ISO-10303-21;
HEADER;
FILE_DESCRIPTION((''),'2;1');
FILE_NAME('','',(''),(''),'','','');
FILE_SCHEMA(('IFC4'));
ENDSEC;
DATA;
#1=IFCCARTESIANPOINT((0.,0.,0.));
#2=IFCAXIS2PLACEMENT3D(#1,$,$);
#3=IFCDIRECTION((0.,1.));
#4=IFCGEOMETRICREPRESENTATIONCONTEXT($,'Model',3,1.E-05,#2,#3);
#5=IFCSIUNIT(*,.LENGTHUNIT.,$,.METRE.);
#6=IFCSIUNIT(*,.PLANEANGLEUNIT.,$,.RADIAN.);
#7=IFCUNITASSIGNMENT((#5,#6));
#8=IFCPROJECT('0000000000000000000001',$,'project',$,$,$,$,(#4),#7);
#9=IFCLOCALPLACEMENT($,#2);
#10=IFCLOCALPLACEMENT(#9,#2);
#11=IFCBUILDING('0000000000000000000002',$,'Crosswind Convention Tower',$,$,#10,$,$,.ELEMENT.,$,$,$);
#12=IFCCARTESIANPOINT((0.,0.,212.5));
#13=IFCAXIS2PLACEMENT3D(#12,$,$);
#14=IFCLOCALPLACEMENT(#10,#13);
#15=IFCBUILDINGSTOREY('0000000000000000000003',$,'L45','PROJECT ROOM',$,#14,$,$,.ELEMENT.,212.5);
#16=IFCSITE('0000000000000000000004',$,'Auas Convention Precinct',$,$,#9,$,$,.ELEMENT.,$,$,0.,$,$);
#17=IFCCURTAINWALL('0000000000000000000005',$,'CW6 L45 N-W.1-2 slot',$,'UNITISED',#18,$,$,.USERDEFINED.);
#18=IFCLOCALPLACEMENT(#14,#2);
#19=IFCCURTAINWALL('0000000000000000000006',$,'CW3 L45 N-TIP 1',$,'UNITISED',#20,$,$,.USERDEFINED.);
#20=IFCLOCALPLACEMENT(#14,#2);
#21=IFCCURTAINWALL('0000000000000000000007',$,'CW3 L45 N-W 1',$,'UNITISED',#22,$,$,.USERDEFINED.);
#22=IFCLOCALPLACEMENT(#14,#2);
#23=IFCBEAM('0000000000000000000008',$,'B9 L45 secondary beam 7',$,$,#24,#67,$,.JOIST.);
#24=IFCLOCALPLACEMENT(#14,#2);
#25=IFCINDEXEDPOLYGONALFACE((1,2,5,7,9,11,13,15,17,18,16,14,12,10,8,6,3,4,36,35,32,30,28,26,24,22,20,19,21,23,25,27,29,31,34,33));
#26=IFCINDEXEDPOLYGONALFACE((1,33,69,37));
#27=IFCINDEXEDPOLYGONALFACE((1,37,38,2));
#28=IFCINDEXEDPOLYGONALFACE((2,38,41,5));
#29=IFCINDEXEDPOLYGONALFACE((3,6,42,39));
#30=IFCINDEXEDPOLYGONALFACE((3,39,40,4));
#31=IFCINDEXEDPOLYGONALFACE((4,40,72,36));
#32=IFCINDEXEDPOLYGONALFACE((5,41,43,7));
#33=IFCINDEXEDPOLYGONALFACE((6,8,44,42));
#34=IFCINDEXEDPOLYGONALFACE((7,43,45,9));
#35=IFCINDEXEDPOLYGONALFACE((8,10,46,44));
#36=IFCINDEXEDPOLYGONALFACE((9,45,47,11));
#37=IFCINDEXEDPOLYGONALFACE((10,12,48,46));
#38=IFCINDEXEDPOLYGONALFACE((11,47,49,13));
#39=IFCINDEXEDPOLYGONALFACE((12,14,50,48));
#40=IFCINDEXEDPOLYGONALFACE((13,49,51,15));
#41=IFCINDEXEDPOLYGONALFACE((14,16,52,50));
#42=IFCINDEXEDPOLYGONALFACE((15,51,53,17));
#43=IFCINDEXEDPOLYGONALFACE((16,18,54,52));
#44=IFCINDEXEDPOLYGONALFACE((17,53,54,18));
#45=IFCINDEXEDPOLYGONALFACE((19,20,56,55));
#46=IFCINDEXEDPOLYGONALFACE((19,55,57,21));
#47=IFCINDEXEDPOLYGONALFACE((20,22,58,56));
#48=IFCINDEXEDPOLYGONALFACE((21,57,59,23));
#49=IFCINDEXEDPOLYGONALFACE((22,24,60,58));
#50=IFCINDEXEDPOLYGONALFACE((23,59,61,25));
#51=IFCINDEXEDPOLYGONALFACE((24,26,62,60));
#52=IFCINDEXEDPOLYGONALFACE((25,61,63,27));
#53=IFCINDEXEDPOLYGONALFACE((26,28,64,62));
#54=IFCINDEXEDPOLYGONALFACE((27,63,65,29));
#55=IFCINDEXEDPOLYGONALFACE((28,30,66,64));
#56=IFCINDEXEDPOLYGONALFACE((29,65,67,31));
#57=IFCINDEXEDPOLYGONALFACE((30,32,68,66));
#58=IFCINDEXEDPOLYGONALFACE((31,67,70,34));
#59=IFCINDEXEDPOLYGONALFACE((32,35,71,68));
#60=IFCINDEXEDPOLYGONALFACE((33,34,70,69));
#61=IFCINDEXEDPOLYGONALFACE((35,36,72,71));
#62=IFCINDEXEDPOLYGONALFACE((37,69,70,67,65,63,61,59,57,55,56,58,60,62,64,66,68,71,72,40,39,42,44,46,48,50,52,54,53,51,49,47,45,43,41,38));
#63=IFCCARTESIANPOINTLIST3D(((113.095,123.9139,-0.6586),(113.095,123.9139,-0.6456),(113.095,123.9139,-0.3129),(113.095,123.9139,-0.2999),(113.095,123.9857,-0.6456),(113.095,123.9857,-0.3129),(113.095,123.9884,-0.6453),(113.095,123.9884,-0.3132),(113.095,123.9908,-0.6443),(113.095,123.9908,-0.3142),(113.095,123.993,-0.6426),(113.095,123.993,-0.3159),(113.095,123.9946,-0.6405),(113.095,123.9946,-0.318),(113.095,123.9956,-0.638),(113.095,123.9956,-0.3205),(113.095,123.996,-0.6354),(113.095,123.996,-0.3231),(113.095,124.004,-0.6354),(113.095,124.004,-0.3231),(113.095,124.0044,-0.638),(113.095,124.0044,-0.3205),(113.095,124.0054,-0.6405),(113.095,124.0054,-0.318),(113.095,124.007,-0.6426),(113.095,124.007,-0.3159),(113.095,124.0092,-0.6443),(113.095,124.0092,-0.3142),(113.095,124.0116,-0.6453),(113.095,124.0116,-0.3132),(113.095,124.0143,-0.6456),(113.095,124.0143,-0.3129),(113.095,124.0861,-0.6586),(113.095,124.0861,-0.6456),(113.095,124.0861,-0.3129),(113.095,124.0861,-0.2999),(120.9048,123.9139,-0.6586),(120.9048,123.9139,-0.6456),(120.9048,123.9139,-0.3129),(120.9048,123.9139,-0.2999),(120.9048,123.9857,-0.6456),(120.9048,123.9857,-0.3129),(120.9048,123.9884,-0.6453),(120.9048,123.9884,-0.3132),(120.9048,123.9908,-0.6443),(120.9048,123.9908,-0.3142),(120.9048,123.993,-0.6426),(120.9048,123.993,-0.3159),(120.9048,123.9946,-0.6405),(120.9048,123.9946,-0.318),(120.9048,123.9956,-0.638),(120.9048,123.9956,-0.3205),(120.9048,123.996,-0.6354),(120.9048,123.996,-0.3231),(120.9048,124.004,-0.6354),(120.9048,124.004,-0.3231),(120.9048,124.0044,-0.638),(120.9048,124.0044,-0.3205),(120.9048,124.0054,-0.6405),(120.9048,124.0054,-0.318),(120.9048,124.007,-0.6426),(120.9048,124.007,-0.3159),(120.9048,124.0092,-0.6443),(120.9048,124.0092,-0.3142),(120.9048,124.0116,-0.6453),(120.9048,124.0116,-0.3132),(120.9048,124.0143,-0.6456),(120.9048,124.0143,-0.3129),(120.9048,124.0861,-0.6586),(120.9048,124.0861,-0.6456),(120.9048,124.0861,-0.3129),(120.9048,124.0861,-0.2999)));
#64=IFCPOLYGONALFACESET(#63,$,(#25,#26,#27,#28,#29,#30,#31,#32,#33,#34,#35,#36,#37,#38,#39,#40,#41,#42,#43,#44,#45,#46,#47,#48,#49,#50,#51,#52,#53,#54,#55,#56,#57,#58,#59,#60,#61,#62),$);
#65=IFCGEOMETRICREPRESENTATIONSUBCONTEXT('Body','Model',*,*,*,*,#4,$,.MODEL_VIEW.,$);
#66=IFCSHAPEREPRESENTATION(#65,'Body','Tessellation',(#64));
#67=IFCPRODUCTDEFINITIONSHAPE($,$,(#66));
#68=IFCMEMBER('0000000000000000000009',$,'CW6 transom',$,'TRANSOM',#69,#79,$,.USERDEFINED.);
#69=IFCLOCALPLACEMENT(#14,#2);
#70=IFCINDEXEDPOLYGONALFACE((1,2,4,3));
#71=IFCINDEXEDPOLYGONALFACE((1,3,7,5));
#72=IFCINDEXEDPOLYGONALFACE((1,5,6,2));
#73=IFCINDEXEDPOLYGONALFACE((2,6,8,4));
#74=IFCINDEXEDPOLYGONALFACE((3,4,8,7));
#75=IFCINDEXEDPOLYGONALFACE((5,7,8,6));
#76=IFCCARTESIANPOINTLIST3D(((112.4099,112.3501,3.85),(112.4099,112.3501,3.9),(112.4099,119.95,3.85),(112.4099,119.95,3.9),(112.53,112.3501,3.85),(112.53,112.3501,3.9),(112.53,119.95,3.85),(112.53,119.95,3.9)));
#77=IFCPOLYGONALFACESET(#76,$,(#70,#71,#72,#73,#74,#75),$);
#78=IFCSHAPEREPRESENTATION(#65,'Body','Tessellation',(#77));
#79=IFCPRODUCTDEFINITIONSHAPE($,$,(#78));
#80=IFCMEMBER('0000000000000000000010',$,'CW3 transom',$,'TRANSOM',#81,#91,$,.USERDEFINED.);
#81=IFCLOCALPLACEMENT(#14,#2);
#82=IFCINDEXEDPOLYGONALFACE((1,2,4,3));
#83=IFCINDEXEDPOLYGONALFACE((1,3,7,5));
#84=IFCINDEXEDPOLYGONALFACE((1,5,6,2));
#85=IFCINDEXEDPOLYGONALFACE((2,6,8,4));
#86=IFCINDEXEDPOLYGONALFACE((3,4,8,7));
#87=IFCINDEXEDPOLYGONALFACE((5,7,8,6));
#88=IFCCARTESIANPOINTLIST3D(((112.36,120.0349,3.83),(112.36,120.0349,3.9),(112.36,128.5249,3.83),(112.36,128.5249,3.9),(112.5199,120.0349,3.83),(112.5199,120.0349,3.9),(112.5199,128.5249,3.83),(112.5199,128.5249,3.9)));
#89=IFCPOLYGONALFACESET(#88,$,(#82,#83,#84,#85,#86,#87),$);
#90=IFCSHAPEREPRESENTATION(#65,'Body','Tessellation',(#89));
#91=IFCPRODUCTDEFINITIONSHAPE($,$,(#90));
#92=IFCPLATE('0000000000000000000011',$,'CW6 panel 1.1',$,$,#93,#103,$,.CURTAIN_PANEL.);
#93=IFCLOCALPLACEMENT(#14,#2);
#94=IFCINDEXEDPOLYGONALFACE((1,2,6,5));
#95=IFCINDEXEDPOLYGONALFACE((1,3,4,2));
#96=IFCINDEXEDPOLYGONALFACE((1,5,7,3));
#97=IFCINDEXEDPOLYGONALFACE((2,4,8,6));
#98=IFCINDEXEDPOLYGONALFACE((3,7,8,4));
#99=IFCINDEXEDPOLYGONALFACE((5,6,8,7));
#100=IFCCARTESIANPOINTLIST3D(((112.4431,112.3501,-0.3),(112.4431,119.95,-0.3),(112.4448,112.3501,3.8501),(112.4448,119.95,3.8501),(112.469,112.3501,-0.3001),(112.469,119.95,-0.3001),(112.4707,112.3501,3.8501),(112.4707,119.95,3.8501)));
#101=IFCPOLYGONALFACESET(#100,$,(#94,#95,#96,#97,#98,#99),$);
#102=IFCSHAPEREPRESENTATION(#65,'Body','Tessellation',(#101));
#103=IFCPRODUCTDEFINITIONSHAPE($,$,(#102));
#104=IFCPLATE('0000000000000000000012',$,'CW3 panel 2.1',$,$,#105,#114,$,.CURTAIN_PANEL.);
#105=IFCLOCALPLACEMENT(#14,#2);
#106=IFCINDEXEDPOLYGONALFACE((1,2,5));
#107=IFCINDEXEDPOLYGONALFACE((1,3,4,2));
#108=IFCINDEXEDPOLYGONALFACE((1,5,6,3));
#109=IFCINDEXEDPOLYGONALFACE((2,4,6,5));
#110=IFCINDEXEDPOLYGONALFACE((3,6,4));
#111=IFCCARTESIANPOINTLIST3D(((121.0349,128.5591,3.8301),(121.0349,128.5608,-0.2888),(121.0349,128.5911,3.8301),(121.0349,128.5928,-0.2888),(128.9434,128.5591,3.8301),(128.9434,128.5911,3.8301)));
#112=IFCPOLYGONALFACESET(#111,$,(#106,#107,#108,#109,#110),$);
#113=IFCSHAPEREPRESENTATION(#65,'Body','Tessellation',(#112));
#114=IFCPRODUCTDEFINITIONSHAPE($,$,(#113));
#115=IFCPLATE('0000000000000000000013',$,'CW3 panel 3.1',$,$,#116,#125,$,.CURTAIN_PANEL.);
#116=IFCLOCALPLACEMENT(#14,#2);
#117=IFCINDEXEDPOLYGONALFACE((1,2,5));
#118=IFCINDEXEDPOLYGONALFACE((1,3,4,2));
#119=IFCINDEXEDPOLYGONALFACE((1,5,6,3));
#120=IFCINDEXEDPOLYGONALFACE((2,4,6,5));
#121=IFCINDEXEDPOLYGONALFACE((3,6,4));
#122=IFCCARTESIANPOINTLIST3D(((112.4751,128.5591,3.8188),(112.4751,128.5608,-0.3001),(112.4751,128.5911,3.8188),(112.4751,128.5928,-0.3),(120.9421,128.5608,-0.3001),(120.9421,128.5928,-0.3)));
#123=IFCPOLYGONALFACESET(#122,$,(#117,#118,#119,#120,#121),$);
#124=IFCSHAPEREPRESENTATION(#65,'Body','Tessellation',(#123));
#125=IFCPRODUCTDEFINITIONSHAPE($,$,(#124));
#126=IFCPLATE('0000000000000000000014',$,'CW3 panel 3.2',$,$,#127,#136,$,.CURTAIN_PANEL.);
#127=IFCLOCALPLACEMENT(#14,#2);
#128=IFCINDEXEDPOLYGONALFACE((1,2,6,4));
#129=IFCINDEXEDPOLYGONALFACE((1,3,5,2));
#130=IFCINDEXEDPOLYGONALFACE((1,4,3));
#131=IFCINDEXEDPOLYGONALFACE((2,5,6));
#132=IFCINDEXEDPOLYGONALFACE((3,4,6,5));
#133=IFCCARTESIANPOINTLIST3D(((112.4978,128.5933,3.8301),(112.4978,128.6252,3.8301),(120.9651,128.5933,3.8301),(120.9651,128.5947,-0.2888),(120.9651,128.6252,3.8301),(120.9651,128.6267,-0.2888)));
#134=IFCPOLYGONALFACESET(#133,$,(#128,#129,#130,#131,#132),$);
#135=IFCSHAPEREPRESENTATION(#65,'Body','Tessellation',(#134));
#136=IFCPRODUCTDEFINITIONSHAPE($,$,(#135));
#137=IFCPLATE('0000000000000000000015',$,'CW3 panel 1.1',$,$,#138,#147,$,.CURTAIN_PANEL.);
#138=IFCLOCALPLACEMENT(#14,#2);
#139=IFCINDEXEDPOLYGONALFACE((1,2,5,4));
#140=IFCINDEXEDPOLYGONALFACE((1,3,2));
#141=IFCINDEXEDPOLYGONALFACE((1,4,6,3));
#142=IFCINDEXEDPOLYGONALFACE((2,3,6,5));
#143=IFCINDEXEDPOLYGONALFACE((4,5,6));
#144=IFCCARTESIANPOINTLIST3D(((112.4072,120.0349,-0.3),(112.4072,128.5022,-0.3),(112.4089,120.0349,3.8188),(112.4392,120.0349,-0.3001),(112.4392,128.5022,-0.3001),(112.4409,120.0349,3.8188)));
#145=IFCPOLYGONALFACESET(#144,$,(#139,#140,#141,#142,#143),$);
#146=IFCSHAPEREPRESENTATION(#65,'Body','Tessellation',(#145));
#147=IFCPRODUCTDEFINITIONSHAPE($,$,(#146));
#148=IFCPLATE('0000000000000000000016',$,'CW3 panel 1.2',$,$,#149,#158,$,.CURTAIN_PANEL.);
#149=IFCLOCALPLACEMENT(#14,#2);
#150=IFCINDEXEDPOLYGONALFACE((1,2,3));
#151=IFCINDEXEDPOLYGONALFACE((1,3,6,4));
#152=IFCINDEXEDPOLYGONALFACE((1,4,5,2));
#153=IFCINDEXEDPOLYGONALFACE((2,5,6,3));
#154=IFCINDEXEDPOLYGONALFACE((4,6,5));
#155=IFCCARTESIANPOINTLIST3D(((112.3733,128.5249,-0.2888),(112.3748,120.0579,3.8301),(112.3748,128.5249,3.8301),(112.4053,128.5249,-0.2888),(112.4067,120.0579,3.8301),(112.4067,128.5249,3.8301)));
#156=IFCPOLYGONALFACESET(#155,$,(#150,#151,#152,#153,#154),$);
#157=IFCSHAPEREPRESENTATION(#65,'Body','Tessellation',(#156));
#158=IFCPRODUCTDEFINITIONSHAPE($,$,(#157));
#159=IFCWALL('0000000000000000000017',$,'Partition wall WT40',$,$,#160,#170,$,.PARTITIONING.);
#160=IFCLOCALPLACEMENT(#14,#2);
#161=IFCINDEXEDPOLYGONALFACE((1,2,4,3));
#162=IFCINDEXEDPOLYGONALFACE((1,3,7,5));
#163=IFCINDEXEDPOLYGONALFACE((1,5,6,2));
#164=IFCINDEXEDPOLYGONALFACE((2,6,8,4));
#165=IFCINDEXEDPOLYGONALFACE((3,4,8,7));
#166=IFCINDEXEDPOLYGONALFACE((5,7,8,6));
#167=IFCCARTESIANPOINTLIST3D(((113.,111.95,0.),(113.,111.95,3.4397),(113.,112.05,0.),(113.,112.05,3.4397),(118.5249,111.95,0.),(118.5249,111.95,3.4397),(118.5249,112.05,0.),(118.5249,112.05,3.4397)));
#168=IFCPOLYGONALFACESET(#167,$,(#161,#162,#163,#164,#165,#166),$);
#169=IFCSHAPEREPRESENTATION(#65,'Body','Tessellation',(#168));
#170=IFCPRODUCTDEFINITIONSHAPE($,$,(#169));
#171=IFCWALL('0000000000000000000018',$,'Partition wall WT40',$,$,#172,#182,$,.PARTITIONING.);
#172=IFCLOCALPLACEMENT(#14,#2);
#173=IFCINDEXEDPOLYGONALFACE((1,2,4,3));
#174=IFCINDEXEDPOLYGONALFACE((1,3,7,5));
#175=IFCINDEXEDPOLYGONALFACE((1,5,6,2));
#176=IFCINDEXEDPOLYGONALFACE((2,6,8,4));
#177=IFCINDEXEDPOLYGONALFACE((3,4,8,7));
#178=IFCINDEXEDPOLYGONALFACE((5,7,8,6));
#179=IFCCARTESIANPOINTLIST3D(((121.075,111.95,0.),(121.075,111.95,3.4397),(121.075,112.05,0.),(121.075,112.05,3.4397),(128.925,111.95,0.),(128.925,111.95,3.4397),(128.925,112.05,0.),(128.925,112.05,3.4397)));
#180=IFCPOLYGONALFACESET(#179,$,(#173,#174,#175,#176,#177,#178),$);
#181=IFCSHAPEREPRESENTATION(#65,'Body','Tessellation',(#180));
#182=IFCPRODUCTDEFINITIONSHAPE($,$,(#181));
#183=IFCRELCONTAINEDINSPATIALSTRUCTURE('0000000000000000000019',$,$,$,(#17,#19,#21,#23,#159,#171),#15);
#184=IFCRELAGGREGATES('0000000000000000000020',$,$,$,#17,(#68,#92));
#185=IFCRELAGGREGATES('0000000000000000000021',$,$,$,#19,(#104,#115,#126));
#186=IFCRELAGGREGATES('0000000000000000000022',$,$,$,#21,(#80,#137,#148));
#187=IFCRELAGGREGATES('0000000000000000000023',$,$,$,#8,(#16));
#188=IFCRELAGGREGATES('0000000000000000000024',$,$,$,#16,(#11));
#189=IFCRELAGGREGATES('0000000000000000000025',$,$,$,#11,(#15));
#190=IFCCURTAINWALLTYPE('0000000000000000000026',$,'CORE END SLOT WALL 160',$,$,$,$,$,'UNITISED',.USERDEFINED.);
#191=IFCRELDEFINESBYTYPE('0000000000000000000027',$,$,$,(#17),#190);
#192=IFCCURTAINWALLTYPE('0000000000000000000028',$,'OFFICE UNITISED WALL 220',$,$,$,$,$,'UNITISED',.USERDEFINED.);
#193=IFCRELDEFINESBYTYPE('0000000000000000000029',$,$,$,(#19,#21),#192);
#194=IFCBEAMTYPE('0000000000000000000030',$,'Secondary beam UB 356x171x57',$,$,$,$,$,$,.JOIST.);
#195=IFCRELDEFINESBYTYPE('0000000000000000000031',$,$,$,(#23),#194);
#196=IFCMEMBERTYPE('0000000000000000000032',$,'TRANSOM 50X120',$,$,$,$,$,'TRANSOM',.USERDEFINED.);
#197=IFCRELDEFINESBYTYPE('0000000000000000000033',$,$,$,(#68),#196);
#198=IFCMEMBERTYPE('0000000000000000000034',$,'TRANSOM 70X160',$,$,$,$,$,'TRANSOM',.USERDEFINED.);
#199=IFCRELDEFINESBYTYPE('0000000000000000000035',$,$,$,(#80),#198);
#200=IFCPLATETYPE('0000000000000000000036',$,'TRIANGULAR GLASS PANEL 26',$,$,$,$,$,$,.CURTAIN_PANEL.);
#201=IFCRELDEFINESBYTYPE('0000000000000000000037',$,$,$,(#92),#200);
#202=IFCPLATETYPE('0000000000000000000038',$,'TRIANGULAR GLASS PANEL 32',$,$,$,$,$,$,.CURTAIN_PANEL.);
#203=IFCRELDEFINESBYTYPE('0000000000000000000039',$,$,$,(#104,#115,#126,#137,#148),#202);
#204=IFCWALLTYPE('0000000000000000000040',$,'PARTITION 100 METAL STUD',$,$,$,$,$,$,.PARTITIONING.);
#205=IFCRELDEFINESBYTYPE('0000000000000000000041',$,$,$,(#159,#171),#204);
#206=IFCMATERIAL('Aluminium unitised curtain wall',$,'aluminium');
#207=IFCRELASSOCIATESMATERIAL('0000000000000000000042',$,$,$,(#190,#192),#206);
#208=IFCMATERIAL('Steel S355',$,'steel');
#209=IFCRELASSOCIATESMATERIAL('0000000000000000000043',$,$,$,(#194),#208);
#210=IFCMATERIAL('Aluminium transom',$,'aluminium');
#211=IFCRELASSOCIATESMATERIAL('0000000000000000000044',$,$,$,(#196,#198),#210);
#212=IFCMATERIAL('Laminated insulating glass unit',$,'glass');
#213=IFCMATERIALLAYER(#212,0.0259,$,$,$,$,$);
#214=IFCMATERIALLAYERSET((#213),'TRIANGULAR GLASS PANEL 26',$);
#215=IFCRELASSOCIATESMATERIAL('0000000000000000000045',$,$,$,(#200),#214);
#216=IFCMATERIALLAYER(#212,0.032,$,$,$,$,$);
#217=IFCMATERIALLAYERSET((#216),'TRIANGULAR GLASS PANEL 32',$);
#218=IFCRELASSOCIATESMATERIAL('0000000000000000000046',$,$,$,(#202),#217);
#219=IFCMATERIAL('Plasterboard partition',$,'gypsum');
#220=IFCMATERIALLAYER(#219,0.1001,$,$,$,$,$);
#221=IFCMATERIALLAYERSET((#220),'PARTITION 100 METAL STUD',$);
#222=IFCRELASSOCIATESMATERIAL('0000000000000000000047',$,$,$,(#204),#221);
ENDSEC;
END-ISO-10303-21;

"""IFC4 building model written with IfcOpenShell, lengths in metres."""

from ifc_helpers import new_model, si_unit, direction, frame, frame_2d, origin, origin_2d, place, context, subcontext, project, spatial, polyline, rectangle, i_section, outline, extrude, material, layer, layer_set, material_profile, profile_set, type_object, element, aggregate, save


model = new_model("IFC4")

# Units and contexts
model_context = context("Model", 3, precision=1e-05, world=origin(), true_north=direction((0.0, 1.0)))
body_context = subcontext(model_context, "Body", "Model", "MODEL_VIEW")
ifc_project = project(units=[si_unit("LENGTHUNIT", "METRE"), si_unit("PLANEANGLEUNIT", "RADIAN")], contexts=[model_context])

# Site, building, storey
site_placement = place(None, origin())
site = spatial("IfcSite", under=ifc_project, at=site_placement, Name="Auas Convention Precinct", CompositionType="ELEMENT", RefElevation=0.0)
building_placement = place(site_placement, origin())
building = spatial("IfcBuilding", under=site, at=building_placement, Name="Crosswind Convention Tower", CompositionType="ELEMENT")
storey_placement = place(building_placement, frame((0.0, 0.0, 212.5)))
storey = spatial("IfcBuildingStorey", under=building, at=storey_placement, Name="L45", Description="PROJECT ROOM", CompositionType="ELEMENT", Elevation=212.5)

# Shared definitions
ifc_material_1 = material(Name="Steel S355", Category="steel")

# Curtain walls
ifc_material_2 = material(Name="Aluminium unitised curtain wall", Category="aluminium")
curtain_wall_type_1 = type_object("IfcCurtainWallType", Name="CORE END SLOT WALL 160", ElementType="UNITISED", PredefinedType="USERDEFINED", material=ifc_material_2)
curtain_wall_1_placement = place(storey_placement, origin())
curtain_wall_1 = element("IfcCurtainWall", 1, at=curtain_wall_1_placement, inside=storey, type_object=curtain_wall_type_1, Name="CW6 L45 N-W.1-2 slot", ObjectType="UNITISED", PredefinedType="USERDEFINED")
curtain_wall_type_2 = type_object("IfcCurtainWallType", Name="OFFICE UNITISED WALL 220", ElementType="UNITISED", PredefinedType="USERDEFINED", material=ifc_material_2)
curtain_wall_2_placement = place(storey_placement, origin())
curtain_wall_2 = element("IfcCurtainWall", 2, at=curtain_wall_2_placement, inside=storey, type_object=curtain_wall_type_2, Name="CW3 L45 N-TIP 1", ObjectType="UNITISED", PredefinedType="USERDEFINED")

# Curtain wall
curtain_wall_3_placement = place(storey_placement, origin())
curtain_wall_3 = element("IfcCurtainWall", 3, at=curtain_wall_3_placement, inside=storey, type_object=curtain_wall_type_2, Name="CW3 L45 N-W 1", ObjectType="UNITISED", PredefinedType="USERDEFINED")

# Beam
ifc_material_profile_1 = material_profile(ifc_material_1, i_section(OverallWidth=0.1721, OverallDepth=0.3586, WebThickness=0.0081, FlangeThickness=0.0129, FilletRadius=0.0103, at=origin_2d()), Name="UB 356x171x57")
ifc_profile_set_1 = profile_set([ifc_material_profile_1], Name="Steel S355")
beam_type_1 = type_object("IfcBeamType", Name="Secondary beam UB 356x171x57", PredefinedType="JOIST", material=ifc_profile_set_1)
for number, where, z_axis, x_axis, name in (
    (4, (113.095, 124.0, -0.4792), (1.0, 0.0, 0.0), (0.0, 1.0, 0.0), "B9 L45 secondary beam 7"),
):
    element("IfcBeam", number, at=place(storey_placement, frame(where, z_axis=z_axis, x_axis=x_axis)), inside=storey, type_object=beam_type_1, Name=name, PredefinedType="JOIST", context=body_context, shape_type="SweptSolid", body=[
        extrude(i_section(OverallWidth=0.1721, OverallDepth=0.3586, WebThickness=0.0081, FlangeThickness=0.0129, FilletRadius=0.0103, at=origin_2d()), origin(), (0.0, 0.0, 1.0), 7.8098),
    ])

# Members
ifc_material_3 = material(Name="Aluminium transom", Category="aluminium")
ifc_material_profile_2 = material_profile(ifc_material_3, rectangle(XDim=0.1201, YDim=0.05, at=origin_2d()), Name="AL 120X50")
ifc_profile_set_2 = profile_set([ifc_material_profile_2], Name="Aluminium transom")
member_type_1 = type_object("IfcMemberType", Name="TRANSOM 50X120", ElementType="TRANSOM", PredefinedType="USERDEFINED", material=ifc_profile_set_2)
member_1_placement = place(storey_placement, frame((112.47, 119.95, 3.875), z_axis=(0.0, -1.0, 0.0), x_axis=(1.0, 0.0, 0.0)))
member_1 = element("IfcMember", 5, at=member_1_placement, type_object=member_type_1, Name="CW6 transom", ObjectType="TRANSOM", PredefinedType="USERDEFINED", context=body_context, shape_type="SweptSolid", body=[
    extrude(rectangle(XDim=0.1201, YDim=0.05, at=origin_2d()), origin(), (0.0, 0.0, 1.0), 7.5999),
])
ifc_material_profile_3 = material_profile(ifc_material_3, rectangle(XDim=0.1599, YDim=0.0701, at=origin_2d()), Name="AL 160X70")
ifc_profile_set_3 = profile_set([ifc_material_profile_3], Name="Aluminium transom")
member_type_2 = type_object("IfcMemberType", Name="TRANSOM 70X160", ElementType="TRANSOM", PredefinedType="USERDEFINED", material=ifc_profile_set_3)
member_2_placement = place(storey_placement, frame((112.4399, 128.5249, 3.865), z_axis=(0.0, -1.0, 0.0), x_axis=(1.0, 0.0, 0.0)))
member_2 = element("IfcMember", 6, at=member_2_placement, type_object=member_type_2, Name="CW3 transom", ObjectType="TRANSOM", PredefinedType="USERDEFINED", context=body_context, shape_type="SweptSolid", body=[
    extrude(rectangle(XDim=0.1599, YDim=0.0701, at=origin_2d()), origin(), (0.0, 0.0, 1.0), 8.49),
])

# Plates
ifc_material_4 = material(Name="Laminated insulating glass unit", Category="glass")
ifc_layer_1 = layer(ifc_material_4, 0.0259)
ifc_layer_set_1 = layer_set([ifc_layer_1], Name="TRIANGULAR GLASS PANEL 26")
plate_type_1 = type_object("IfcPlateType", Name="TRIANGULAR GLASS PANEL 26", PredefinedType="CURTAIN_PANEL", material=ifc_layer_set_1)
plate_1_placement = place(storey_placement, frame((112.4431, 119.95, -0.3), z_axis=(-1.0, 0.0, 0.000412), x_axis=(0.0, -1.0, 0.0)))
plate_1 = element("IfcPlate", 7, at=plate_1_placement, type_object=plate_type_1, Name="CW6 panel 1.1", PredefinedType="CURTAIN_PANEL", context=body_context, shape_type="SweptSolid", body=[
    extrude(outline(polyline([(0.0, 0.0), (7.5999, 0.0), (7.5999, 4.1501), (0.0, 4.1501), (0.0, 0.0)])), origin(), (0.0, 0.0, -1.0), 0.0259),
])
aggregate(curtain_wall_1, [member_1, plate_1])
ifc_layer_2 = layer(ifc_material_4, 0.032)
ifc_layer_set_2 = layer_set([ifc_layer_2], Name="TRIANGULAR GLASS PANEL 32")
plate_type_2 = type_object("IfcPlateType", Name="TRIANGULAR GLASS PANEL 32", PredefinedType="CURTAIN_PANEL", material=ifc_layer_set_2)
plate_2_placement = place(storey_placement, frame((121.0349, 128.5911, 3.8301), z_axis=(0.0, 1.0, 0.000415), x_axis=(1.0, 0.0, 0.0)))
plate_2 = element("IfcPlate", 8, at=plate_2_placement, type_object=plate_type_2, Name="CW3 panel 2.1", PredefinedType="CURTAIN_PANEL", context=body_context, shape_type="SweptSolid", body=[
    extrude(outline(polyline([(0.0, 0.0), (7.9084, 0.0), (0.0, 4.1189), (0.0, 0.0)])), origin(), (0.0, 0.0, -1.0), 0.032),
])
plate_3_placement = place(storey_placement, frame((112.4751, 128.5928, -0.3), z_axis=(0.0, 1.0, 0.000415), x_axis=(0.0, -0.000415, 1.0)))
plate_3 = element("IfcPlate", 9, at=plate_3_placement, type_object=plate_type_2, Name="CW3 panel 3.1", PredefinedType="CURTAIN_PANEL", context=body_context, shape_type="SweptSolid", body=[
    extrude(outline(polyline([(0.0, 0.0), (4.1189, 0.0), (0.0, 8.467), (0.0, 0.0)])), origin(), (0.0, 0.0, -1.0), 0.032),
])
plate_4_placement = place(storey_placement, frame((120.9651, 128.6252, 3.8301), z_axis=(0.0, 1.0, 0.000356), x_axis=(0.0, 0.000356, -1.0)))
plate_4 = element("IfcPlate", 10, at=plate_4_placement, type_object=plate_type_2, Name="CW3 panel 3.2", PredefinedType="CURTAIN_PANEL", context=body_context, shape_type="SweptSolid", body=[
    extrude(outline(polyline([(0.0, 0.0), (4.1189, 0.0), (0.0, 8.4673), (0.0, 0.0)])), origin(), (0.0, 0.0, -1.0), 0.032),
])
aggregate(curtain_wall_2, [plate_2, plate_3, plate_4])
plate_5_placement = place(storey_placement, frame((112.4072, 120.0349, -0.3), z_axis=(-1.0, 0.0, 0.000415), x_axis=(0.000415, 0.0, 1.0)))
plate_5 = element("IfcPlate", 11, at=plate_5_placement, type_object=plate_type_2, Name="CW3 panel 1.1", PredefinedType="CURTAIN_PANEL", context=body_context, shape_type="SweptSolid", body=[
    extrude(outline(polyline([(0.0, 0.0), (4.1189, 0.0), (0.0, 8.4673), (0.0, 0.0)])), origin(), (0.0, 0.0, -1.0), 0.032),
])
plate_6_placement = place(storey_placement, frame((112.3748, 128.5249, 3.8301), z_axis=(-1.0, 0.0, 0.000356), x_axis=(-0.000356, 0.0, -1.0)))
plate_6 = element("IfcPlate", 12, at=plate_6_placement, type_object=plate_type_2, Name="CW3 panel 1.2", PredefinedType="CURTAIN_PANEL", context=body_context, shape_type="SweptSolid", body=[
    extrude(outline(polyline([(0.0, 0.0), (4.1189, 0.0), (0.0, 8.467), (0.0, 0.0)])), origin(), (0.0, 0.0, -1.0), 0.032),
])

# Walls
ifc_material_5 = material(Name="Plasterboard partition", Category="gypsum")
ifc_layer_3 = layer(ifc_material_5, 0.1001)
ifc_layer_set_3 = layer_set([ifc_layer_3], Name="PARTITION 100 METAL STUD")
wall_type_1 = type_object("IfcWallType", Name="PARTITION 100 METAL STUD", PredefinedType="PARTITIONING", material=ifc_layer_set_3)
wall_1_placement = place(storey_placement, frame((113.0, 112.0, 0.0), z_axis=(0.0, 0.0, 1.0), x_axis=(1.0, 0.0, 0.0)))
element("IfcWall", 13, at=wall_1_placement, inside=storey, type_object=wall_type_1, Name="Partition wall WT40", PredefinedType="PARTITIONING", context=body_context, shape_type="SweptSolid", body=[
    extrude(rectangle(XDim=5.5249, YDim=0.1001, at=frame_2d((2.7625, 0.0))), origin(), (0.0, 0.0, 1.0), 3.4397),
])
wall_2_placement = place(storey_placement, frame((121.075, 112.0, 0.0), z_axis=(0.0, 0.0, 1.0), x_axis=(1.0, 0.0, 0.0)))
element("IfcWall", 14, at=wall_2_placement, inside=storey, type_object=wall_type_1, Name="Partition wall WT40", PredefinedType="PARTITIONING", context=body_context, shape_type="SweptSolid", body=[
    extrude(rectangle(XDim=7.8501, YDim=0.1001, at=frame_2d((3.925, 0.0))), origin(), (0.0, 0.0, 1.0), 3.4397),
])

aggregate(curtain_wall_3, [member_2, plate_5, plate_6])

save(model, "model.ifc")
